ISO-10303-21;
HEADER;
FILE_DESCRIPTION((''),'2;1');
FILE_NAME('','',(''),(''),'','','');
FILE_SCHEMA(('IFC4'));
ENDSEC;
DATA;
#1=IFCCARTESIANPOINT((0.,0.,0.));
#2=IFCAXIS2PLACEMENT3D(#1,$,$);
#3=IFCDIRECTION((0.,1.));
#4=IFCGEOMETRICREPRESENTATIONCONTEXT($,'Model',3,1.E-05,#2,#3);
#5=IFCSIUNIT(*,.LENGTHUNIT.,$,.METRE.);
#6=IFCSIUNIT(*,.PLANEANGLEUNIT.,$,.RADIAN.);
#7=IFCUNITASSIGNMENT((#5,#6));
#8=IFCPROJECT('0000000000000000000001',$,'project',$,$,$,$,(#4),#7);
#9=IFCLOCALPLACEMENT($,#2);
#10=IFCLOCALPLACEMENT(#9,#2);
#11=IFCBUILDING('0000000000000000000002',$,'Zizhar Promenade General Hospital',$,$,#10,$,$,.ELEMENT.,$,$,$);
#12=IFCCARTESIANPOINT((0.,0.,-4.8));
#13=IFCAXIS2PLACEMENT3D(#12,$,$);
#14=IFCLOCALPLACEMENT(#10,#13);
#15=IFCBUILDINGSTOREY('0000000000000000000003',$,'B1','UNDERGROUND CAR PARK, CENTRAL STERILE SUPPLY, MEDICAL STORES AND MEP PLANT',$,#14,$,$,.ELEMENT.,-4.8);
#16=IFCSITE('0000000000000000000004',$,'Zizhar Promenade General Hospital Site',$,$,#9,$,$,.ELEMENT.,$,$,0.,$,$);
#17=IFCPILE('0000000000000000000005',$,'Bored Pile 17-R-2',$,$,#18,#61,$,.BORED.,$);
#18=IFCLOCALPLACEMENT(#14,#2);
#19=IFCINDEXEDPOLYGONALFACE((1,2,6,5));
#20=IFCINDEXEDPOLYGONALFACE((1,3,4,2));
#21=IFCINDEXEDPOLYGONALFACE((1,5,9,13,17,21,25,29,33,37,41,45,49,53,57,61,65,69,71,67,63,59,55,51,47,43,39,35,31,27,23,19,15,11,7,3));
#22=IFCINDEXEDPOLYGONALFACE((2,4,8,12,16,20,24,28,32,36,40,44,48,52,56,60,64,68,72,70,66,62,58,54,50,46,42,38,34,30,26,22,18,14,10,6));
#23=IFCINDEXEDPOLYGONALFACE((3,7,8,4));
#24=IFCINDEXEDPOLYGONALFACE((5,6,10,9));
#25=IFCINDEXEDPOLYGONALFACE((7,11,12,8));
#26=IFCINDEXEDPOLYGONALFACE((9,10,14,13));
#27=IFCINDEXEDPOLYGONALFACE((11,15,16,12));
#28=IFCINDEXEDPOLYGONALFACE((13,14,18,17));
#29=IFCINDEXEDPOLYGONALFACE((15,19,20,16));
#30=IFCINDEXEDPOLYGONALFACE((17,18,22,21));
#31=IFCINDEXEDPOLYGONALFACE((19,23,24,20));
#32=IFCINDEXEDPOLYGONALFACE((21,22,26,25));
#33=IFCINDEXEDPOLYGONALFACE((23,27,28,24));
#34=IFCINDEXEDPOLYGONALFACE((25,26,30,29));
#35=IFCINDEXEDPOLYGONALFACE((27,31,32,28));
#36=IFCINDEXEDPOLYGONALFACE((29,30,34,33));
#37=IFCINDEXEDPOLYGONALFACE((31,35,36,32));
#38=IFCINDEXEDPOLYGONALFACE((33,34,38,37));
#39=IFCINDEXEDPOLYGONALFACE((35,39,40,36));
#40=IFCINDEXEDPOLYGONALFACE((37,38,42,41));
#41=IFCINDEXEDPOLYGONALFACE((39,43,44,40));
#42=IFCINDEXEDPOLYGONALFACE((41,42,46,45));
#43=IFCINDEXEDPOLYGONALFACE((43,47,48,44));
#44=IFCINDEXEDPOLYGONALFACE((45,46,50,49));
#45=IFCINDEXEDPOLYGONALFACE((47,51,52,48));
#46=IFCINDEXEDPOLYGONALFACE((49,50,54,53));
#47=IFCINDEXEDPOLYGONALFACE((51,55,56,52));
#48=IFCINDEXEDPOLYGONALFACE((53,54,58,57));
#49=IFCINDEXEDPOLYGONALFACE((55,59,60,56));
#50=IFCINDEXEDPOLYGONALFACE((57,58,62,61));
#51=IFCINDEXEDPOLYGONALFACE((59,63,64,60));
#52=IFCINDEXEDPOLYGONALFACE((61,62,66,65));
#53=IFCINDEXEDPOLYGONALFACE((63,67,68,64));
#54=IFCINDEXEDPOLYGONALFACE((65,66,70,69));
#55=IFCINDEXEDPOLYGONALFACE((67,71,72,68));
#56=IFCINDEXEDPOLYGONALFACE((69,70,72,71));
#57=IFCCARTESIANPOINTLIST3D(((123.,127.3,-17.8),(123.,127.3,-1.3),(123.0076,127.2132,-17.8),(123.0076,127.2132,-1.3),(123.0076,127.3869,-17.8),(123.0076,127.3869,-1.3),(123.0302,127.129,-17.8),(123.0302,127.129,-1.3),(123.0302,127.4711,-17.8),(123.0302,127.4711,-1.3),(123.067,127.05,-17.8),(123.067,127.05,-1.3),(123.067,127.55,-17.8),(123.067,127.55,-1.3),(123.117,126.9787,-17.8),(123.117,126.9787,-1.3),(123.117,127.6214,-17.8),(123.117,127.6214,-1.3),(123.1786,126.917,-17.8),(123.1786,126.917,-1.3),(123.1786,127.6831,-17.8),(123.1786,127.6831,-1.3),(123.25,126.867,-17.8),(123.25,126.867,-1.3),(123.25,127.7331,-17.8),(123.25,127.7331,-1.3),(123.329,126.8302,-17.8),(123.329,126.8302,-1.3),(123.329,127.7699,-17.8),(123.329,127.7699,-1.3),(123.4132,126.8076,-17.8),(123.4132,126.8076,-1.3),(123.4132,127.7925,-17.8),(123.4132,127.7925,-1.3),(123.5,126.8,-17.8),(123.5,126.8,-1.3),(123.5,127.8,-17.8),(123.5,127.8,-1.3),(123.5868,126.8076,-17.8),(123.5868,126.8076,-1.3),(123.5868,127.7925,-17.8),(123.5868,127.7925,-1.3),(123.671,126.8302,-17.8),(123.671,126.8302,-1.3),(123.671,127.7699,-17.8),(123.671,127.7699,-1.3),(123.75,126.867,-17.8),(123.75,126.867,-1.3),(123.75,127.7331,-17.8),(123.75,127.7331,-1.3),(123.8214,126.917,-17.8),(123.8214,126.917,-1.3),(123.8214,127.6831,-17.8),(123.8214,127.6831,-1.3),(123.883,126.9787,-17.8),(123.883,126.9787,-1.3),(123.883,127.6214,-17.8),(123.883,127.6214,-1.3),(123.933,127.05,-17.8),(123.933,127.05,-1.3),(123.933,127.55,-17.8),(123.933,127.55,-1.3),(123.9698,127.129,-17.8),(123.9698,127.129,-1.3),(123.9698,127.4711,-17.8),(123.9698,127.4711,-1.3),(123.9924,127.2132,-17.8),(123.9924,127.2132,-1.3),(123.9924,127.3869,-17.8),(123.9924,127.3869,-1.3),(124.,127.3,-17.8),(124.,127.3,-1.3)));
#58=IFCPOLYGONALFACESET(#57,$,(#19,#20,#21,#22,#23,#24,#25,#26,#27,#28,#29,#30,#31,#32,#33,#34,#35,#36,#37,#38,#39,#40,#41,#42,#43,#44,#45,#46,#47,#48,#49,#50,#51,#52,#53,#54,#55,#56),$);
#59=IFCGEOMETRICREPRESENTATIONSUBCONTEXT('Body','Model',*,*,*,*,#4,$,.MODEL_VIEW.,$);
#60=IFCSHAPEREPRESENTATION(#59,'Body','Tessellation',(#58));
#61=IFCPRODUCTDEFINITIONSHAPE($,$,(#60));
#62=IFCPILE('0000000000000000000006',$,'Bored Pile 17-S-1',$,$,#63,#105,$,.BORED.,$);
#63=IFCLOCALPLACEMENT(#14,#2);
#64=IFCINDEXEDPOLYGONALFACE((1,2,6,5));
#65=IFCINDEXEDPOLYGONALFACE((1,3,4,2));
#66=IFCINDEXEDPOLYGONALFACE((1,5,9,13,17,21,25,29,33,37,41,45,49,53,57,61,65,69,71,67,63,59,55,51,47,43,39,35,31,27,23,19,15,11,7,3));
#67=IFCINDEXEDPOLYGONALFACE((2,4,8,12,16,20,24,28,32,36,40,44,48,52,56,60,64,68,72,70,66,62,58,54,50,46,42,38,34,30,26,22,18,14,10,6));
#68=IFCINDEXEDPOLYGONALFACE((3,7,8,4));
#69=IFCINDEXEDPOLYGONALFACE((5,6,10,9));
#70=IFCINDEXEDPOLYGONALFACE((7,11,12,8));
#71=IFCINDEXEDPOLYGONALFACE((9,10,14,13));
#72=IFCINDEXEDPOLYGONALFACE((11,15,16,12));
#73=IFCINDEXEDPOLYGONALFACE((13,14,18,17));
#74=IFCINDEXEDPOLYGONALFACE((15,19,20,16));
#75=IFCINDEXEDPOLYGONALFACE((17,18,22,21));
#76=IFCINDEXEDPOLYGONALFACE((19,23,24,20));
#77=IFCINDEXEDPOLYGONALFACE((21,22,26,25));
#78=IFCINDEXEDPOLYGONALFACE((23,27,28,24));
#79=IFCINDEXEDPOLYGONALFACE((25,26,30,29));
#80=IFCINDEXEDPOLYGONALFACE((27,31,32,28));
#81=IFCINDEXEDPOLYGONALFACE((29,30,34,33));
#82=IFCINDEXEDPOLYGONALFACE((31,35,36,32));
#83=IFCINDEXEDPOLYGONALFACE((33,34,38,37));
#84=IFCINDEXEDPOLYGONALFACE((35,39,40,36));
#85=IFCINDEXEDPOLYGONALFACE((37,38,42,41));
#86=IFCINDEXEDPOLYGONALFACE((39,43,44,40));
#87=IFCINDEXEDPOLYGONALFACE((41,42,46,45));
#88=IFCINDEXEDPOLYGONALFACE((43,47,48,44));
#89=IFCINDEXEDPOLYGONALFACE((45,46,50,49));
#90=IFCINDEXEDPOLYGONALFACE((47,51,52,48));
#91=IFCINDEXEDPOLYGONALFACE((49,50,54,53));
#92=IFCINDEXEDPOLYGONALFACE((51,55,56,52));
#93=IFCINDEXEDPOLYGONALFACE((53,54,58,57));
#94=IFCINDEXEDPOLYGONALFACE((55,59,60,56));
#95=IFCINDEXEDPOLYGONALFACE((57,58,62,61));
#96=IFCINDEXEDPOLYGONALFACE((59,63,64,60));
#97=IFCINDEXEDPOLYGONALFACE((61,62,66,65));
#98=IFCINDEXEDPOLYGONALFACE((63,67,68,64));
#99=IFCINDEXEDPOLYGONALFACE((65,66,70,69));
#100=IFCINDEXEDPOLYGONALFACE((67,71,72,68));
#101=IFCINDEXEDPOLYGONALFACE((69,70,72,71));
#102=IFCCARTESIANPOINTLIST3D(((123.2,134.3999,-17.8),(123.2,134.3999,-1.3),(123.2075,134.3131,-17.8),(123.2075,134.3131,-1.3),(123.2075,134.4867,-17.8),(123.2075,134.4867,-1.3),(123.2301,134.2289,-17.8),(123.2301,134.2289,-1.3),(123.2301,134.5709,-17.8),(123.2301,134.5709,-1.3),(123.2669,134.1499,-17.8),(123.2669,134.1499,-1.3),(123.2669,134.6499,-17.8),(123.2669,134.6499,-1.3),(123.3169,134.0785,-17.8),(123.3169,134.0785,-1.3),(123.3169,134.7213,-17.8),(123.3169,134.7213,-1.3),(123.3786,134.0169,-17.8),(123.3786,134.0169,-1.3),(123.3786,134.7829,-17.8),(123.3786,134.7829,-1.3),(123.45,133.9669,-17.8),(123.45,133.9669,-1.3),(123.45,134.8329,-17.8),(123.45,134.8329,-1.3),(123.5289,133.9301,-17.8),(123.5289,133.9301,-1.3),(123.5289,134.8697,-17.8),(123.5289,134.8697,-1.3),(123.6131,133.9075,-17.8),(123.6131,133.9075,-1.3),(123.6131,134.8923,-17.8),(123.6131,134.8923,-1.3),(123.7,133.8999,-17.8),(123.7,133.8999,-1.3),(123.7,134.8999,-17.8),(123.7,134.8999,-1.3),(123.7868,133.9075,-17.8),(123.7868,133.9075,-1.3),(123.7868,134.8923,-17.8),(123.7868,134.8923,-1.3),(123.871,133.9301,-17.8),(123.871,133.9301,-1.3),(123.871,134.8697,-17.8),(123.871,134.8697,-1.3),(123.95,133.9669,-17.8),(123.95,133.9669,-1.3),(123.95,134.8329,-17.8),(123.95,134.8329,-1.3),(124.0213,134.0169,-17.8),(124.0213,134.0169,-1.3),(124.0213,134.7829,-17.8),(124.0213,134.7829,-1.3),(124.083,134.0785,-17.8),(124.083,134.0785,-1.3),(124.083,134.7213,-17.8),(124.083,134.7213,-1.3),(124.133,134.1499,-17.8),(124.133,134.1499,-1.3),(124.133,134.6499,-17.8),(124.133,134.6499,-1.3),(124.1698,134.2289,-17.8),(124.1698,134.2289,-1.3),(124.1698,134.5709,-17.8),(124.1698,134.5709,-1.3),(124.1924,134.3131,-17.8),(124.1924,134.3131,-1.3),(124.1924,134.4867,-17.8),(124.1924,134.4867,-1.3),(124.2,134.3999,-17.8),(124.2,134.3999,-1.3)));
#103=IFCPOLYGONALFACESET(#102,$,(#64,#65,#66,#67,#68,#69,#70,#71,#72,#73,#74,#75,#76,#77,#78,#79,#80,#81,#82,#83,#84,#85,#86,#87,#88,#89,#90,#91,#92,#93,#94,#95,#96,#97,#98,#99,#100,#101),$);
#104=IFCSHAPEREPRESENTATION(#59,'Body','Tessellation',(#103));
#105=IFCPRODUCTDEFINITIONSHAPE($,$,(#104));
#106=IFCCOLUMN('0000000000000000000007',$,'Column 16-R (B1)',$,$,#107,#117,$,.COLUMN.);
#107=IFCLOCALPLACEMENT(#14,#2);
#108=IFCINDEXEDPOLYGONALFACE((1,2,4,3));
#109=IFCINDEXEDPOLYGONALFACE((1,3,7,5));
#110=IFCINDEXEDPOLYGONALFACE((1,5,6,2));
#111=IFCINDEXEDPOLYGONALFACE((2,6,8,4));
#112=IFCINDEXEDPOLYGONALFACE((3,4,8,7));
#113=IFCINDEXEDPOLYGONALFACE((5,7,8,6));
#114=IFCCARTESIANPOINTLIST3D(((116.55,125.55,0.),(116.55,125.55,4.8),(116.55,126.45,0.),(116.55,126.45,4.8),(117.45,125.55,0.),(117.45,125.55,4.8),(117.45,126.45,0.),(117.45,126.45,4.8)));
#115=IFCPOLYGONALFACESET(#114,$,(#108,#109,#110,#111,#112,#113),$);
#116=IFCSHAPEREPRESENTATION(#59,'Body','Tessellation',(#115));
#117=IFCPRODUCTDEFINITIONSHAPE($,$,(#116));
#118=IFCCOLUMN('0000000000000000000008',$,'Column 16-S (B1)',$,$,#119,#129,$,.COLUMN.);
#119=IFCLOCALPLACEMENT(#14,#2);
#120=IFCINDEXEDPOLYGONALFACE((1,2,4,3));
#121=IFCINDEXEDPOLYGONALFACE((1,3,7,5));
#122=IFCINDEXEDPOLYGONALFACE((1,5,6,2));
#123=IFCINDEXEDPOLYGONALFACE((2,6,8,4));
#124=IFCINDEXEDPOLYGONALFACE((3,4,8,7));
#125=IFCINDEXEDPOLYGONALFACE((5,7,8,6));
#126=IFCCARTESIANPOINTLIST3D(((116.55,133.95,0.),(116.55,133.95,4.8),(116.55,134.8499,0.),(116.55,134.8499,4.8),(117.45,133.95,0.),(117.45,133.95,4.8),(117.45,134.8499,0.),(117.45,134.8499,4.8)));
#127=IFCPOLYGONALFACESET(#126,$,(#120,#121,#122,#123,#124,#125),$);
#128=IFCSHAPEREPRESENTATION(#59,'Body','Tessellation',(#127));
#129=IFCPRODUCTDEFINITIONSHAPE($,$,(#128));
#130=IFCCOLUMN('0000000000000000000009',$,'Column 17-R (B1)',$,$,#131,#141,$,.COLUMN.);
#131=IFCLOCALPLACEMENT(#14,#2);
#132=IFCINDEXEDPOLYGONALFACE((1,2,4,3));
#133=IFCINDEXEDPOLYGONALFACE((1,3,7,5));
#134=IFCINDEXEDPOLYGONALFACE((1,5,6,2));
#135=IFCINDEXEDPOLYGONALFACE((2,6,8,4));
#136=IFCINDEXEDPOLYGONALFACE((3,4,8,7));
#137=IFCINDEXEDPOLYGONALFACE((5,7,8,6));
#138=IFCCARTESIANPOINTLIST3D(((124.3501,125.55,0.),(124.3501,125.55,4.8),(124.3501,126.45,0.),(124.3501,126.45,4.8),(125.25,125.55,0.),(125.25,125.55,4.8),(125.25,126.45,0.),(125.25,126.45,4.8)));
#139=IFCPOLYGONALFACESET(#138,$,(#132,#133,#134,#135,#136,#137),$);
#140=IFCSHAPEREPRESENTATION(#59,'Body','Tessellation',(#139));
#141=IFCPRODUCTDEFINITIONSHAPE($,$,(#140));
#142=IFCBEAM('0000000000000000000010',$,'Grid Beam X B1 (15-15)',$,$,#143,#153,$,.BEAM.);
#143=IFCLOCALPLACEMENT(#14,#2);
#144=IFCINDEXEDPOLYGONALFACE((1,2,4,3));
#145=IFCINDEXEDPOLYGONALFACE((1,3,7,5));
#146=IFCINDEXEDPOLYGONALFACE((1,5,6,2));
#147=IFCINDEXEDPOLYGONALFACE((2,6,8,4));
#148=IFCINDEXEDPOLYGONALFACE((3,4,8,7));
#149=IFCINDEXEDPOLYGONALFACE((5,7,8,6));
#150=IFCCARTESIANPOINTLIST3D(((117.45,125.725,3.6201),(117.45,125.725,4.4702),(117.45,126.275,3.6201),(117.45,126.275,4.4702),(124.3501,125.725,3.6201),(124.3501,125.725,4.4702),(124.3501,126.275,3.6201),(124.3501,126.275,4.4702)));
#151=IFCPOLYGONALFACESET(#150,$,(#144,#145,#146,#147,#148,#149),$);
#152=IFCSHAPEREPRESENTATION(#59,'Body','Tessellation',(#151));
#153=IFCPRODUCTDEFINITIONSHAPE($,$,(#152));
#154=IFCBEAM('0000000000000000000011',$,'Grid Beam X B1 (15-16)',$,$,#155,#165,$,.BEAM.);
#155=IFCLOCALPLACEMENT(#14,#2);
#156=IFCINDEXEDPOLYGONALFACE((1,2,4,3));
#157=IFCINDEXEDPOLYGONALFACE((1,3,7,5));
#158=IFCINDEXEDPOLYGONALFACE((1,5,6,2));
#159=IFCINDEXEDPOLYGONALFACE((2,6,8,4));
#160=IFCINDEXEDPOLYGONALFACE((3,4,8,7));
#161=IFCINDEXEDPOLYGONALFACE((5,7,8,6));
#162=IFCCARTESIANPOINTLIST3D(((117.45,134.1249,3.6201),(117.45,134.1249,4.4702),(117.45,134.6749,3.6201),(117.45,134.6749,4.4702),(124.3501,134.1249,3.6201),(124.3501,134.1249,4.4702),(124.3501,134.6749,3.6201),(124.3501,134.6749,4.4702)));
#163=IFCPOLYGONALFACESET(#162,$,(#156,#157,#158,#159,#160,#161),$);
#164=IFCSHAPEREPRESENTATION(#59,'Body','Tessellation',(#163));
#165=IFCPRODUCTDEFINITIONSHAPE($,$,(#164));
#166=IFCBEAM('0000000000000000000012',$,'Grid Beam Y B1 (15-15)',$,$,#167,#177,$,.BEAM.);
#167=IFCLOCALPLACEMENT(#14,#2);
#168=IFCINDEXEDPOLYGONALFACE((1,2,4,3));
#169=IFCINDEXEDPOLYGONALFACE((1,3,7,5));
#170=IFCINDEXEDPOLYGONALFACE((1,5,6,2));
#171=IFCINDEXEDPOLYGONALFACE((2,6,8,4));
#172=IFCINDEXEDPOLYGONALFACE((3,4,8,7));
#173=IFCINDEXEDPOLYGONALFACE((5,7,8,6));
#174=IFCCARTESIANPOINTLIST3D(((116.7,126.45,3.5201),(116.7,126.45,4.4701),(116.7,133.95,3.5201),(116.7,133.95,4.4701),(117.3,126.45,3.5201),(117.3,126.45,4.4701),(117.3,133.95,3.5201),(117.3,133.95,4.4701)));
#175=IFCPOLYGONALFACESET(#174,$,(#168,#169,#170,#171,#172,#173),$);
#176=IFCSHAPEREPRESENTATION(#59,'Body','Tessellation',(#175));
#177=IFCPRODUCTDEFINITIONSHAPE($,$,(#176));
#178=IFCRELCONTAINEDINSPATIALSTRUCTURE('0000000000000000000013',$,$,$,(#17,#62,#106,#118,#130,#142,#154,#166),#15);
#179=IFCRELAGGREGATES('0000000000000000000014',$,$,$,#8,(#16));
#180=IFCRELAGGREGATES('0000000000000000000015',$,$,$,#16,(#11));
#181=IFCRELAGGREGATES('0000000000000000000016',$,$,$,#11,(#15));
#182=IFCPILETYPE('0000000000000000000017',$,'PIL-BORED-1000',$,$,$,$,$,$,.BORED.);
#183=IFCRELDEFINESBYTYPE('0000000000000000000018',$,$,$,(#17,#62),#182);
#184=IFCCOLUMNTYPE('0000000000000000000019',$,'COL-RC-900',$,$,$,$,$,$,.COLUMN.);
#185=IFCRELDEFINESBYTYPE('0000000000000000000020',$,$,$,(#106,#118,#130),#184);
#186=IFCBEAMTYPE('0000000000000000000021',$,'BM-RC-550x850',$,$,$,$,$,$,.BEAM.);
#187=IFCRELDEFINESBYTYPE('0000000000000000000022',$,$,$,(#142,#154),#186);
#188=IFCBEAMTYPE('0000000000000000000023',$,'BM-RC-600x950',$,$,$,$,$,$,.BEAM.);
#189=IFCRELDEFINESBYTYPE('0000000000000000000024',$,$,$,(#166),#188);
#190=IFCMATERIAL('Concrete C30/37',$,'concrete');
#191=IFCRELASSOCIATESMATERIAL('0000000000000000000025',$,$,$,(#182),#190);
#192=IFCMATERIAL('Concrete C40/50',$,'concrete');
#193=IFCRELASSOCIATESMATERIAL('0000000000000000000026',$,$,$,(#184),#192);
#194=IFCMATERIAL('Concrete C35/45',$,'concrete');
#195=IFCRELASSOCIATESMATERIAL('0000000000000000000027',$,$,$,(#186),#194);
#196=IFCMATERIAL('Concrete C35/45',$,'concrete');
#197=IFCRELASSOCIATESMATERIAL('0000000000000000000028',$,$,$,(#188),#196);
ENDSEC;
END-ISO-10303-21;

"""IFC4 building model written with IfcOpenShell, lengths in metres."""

from ifc_helpers import new_model, si_unit, direction, frame, origin, origin_2d, place, context, subcontext, project, spatial, rectangle, circle, extrude, material, material_profile, profile_set, type_object, element, save


model = new_model("IFC4")

# Units and contexts
model_context = context("Model", 3, precision=1e-05, world=origin(), true_north=direction((0.0, 1.0)))
body_context = subcontext(model_context, "Body", "Model", "MODEL_VIEW")
ifc_project = project(units=[si_unit("LENGTHUNIT", "METRE"), si_unit("PLANEANGLEUNIT", "RADIAN")], contexts=[model_context])

# Site, building, storey
site_placement = place(None, origin())
site = spatial("IfcSite", under=ifc_project, at=site_placement, Name="Zizhar Promenade General Hospital Site", CompositionType="ELEMENT", RefElevation=0.0)
building_placement = place(site_placement, origin())
building = spatial("IfcBuilding", under=site, at=building_placement, Name="Zizhar Promenade General Hospital", CompositionType="ELEMENT")
storey_placement = place(building_placement, frame((0.0, 0.0, -4.8)))
storey = spatial("IfcBuildingStorey", under=building, at=storey_placement, Name="B1", Description="UNDERGROUND CAR PARK, CENTRAL STERILE SUPPLY, MEDICAL STORES AND MEP PLANT", CompositionType="ELEMENT", Elevation=-4.8)

# Piles
ifc_material_1 = material(Name="Concrete C30/37", Category="concrete")
ifc_material_profile_1 = material_profile(ifc_material_1, circle(Radius=0.5, at=origin_2d()))
ifc_profile_set_1 = profile_set([ifc_material_profile_1], Name="Concrete C30/37")
pile_type = type_object("IfcPileType", Name="PIL-BORED-1000", PredefinedType="BORED", material=ifc_profile_set_1)
for number, where, z_axis, x_axis, name in (
    (1, (123.5, 127.3, -1.3), (0.0, 0.0, -1.0), (1.0, 0.0, 0.0), "Bored Pile 17-R-2"),
    (2, (123.7, 134.3999, -1.3), (0.0, 0.0, -1.0), (1.0, 0.0, 0.0), "Bored Pile 17-S-1"),
):
    element("IfcPile", number, at=place(storey_placement, frame(where, z_axis=z_axis, x_axis=x_axis)), inside=storey, type_object=pile_type, Name=name, PredefinedType="BORED", context=body_context, shape_type="SweptSolid", body=[
        extrude(circle(Radius=0.5, at=origin_2d()), origin(), (0.0, 0.0, 1.0), 16.5),
    ])

# Columns
ifc_material_2 = material(Name="Concrete C40/50", Category="concrete")
ifc_material_profile_2 = material_profile(ifc_material_2, rectangle(XDim=0.8999, YDim=0.8999, at=origin_2d()))
ifc_profile_set_2 = profile_set([ifc_material_profile_2], Name="Concrete C40/50")
column_type = type_object("IfcColumnType", Name="COL-RC-900", PredefinedType="COLUMN", material=ifc_profile_set_2)
for number, where, z_axis, x_axis, name in (
    (3, (117.0, 126.0, 0.0), (0.0, 0.0, 1.0), (1.0, 0.0, 0.0), "Column 16-R (B1)"),
    (4, (117.0, 134.3999, 0.0), (0.0, 0.0, 1.0), (1.0, 0.0, 0.0), "Column 16-S (B1)"),
    (5, (124.8, 126.0, 0.0), (0.0, 0.0, 1.0), (1.0, 0.0, 0.0), "Column 17-R (B1)"),
):
    element("IfcColumn", number, at=place(storey_placement, frame(where, z_axis=z_axis, x_axis=x_axis)), inside=storey, type_object=column_type, Name=name, PredefinedType="COLUMN", context=body_context, shape_type="SweptSolid", body=[
        extrude(rectangle(XDim=0.8999, YDim=0.8999, at=origin_2d()), origin(), (0.0, 0.0, 1.0), 4.8),
    ])

# Beams
ifc_material_3 = material(Name="Concrete C35/45", Category="concrete")
ifc_material_profile_3 = material_profile(ifc_material_3, rectangle(XDim=0.55, YDim=0.8501, at=origin_2d()))
ifc_profile_set_3 = profile_set([ifc_material_profile_3], Name="Concrete C35/45")
beam_type_1 = type_object("IfcBeamType", Name="BM-RC-550x850", PredefinedType="BEAM", material=ifc_profile_set_3)
for number, where, z_axis, x_axis, name in (
    (6, (117.45, 126.0, 4.0452), (1.0, 0.0, 0.0), (0.0, 1.0, 0.0), "Grid Beam X B1 (15-15)"),
    (7, (117.45, 134.3999, 4.0452), (1.0, 0.0, 0.0), (0.0, 1.0, 0.0), "Grid Beam X B1 (15-16)"),
):
    element("IfcBeam", number, at=place(storey_placement, frame(where, z_axis=z_axis, x_axis=x_axis)), inside=storey, type_object=beam_type_1, Name=name, PredefinedType="BEAM", context=body_context, shape_type="SweptSolid", body=[
        extrude(rectangle(XDim=0.55, YDim=0.8501, at=origin_2d()), origin(), (0.0, 0.0, 1.0), 6.9001),
    ])
ifc_material_4 = material(Name="Concrete C35/45", Category="concrete")
ifc_material_profile_4 = material_profile(ifc_material_4, rectangle(XDim=0.6001, YDim=0.95, at=origin_2d()))
ifc_profile_set_4 = profile_set([ifc_material_profile_4], Name="Concrete C35/45")
beam_type_2 = type_object("IfcBeamType", Name="BM-RC-600x950", PredefinedType="BEAM", material=ifc_profile_set_4)
beam_placement = place(storey_placement, frame((117.0, 126.45, 3.9951), z_axis=(0.0, 1.0, 0.0), x_axis=(-1.0, 0.0, 0.0)))
element("IfcBeam", 8, at=beam_placement, inside=storey, type_object=beam_type_2, Name="Grid Beam Y B1 (15-15)", PredefinedType="BEAM", context=body_context, shape_type="SweptSolid", body=[
    extrude(rectangle(XDim=0.6001, YDim=0.95, at=origin_2d()), origin(), (0.0, 0.0, 1.0), 7.5),
])

save(model, "model.ifc")
